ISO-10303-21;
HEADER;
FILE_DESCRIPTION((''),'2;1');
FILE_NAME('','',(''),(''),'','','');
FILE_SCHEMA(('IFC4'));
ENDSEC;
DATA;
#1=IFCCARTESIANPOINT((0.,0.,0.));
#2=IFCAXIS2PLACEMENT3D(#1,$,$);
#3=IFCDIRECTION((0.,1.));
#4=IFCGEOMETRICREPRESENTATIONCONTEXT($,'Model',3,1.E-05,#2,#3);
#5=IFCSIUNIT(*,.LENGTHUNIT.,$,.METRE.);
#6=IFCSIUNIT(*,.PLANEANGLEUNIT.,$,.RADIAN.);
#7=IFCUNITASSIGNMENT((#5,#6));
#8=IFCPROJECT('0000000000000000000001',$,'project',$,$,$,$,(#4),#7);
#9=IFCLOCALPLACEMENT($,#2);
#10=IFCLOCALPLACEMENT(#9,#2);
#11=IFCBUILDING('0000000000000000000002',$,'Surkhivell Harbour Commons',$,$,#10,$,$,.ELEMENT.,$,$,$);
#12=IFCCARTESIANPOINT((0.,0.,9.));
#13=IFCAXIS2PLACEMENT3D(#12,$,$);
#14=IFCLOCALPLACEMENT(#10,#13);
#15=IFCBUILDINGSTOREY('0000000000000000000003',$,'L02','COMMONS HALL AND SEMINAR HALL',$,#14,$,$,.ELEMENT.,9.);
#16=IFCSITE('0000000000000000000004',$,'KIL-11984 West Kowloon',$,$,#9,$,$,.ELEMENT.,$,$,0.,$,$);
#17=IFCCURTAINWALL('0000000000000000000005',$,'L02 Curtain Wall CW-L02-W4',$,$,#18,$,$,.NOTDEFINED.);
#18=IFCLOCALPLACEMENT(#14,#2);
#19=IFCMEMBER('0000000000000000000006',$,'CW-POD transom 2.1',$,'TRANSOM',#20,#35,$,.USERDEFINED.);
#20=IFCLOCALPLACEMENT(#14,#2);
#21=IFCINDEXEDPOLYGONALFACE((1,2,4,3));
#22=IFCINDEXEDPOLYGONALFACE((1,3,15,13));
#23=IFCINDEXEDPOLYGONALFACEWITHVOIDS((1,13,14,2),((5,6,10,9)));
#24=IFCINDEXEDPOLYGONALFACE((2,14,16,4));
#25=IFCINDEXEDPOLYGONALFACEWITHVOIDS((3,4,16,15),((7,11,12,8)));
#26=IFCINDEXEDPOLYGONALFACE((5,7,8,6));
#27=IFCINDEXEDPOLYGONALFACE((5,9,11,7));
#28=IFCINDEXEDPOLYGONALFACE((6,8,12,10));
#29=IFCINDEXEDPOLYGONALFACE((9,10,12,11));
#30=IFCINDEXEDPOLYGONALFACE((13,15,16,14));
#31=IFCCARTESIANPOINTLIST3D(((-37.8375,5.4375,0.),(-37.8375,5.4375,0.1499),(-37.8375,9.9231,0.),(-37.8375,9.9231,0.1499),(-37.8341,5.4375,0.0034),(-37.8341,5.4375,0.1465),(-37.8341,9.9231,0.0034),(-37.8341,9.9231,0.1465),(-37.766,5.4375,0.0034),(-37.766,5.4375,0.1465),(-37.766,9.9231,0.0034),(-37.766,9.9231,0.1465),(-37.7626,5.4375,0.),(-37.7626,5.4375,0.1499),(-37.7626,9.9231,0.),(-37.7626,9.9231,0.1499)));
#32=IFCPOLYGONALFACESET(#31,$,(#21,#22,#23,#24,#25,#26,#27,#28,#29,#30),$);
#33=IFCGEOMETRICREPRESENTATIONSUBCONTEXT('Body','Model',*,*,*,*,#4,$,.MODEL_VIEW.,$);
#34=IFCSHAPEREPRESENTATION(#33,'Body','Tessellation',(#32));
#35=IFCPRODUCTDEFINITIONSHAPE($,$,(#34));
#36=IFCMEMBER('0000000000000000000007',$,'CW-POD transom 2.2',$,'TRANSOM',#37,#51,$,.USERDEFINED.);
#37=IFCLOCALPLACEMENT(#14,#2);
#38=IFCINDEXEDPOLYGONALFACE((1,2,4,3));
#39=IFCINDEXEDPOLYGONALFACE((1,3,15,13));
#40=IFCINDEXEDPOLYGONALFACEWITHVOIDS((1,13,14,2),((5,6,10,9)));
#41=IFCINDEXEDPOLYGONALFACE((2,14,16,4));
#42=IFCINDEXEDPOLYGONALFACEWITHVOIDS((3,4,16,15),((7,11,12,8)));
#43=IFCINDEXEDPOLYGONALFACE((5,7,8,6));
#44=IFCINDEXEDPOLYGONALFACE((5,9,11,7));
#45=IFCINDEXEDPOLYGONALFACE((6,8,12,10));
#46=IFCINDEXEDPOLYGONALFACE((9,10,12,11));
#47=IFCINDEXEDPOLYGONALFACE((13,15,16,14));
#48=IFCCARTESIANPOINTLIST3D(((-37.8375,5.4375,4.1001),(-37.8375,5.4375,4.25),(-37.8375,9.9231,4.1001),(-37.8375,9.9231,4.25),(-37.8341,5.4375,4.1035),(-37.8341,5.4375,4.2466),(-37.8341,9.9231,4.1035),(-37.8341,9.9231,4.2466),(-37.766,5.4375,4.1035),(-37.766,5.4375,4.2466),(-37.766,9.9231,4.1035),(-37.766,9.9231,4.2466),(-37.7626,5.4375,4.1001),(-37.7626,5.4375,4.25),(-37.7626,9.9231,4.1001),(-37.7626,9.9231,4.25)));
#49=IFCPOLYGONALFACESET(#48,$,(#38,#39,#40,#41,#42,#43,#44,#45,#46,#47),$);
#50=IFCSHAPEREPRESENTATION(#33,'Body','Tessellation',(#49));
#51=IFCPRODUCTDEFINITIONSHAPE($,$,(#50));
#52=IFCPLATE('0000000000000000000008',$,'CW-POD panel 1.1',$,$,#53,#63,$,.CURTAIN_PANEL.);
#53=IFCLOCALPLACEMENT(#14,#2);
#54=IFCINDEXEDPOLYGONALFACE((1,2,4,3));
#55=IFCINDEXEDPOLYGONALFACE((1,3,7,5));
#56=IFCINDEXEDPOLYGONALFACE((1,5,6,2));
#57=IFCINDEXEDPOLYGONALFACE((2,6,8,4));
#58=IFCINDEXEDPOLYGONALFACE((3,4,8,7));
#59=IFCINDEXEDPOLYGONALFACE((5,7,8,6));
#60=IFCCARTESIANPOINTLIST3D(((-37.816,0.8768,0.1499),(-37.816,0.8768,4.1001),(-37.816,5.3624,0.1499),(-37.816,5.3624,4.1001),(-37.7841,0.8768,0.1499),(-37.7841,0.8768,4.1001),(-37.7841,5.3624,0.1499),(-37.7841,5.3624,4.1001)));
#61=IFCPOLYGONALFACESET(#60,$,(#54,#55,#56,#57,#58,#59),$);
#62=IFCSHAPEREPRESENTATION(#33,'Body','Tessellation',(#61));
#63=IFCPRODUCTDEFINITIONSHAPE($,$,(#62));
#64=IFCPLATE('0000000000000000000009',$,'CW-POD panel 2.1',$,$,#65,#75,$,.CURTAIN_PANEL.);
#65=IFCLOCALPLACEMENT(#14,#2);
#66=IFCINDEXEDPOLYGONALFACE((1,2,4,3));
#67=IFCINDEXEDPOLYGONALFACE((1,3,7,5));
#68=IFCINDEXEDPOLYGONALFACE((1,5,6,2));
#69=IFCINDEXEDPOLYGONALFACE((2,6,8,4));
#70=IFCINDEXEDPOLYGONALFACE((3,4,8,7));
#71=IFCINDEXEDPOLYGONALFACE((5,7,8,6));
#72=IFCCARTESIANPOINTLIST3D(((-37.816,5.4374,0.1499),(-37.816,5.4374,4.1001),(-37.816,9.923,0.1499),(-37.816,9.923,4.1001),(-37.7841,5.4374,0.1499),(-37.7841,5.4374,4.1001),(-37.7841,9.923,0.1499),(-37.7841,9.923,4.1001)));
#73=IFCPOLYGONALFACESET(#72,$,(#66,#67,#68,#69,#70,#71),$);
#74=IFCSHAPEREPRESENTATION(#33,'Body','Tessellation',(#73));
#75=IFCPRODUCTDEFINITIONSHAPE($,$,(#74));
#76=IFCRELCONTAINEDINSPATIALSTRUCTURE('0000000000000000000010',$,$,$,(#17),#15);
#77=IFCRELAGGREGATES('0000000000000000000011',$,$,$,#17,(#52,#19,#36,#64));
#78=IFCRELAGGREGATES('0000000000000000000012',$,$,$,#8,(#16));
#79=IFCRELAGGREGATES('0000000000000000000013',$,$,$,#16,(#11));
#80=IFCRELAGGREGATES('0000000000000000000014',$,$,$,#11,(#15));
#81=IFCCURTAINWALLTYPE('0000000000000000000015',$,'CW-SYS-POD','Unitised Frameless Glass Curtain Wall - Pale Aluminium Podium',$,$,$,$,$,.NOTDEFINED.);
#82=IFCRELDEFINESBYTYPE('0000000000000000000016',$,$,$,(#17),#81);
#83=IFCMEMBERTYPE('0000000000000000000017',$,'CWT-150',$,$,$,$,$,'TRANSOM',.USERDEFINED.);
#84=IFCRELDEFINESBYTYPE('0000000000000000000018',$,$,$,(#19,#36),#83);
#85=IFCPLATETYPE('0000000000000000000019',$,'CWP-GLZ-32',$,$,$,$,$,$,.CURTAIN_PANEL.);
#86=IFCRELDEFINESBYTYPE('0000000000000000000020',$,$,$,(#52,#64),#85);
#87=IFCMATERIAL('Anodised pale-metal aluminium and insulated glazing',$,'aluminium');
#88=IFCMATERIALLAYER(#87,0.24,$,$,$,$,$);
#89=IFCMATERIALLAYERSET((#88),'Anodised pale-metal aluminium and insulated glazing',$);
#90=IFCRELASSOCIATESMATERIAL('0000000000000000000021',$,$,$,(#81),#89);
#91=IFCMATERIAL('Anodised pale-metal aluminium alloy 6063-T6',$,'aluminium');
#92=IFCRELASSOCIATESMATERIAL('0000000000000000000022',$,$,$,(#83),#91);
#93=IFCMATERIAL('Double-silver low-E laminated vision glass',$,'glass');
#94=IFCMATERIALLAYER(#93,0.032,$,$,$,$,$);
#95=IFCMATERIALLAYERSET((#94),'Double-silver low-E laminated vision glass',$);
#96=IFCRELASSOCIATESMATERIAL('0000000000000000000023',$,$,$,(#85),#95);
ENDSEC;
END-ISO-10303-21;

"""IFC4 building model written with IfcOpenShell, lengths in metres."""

from ifc_helpers import new_model, si_unit, direction, frame, frame_2d, origin, origin_2d, place, context, subcontext, project, spatial, rectangle, hollow_rectangle, extrude, material, layer, layer_set, material_profile, profile_set, type_object, element, aggregate, save


model = new_model("IFC4")

# Units and contexts
model_context = context("Model", 3, precision=1e-05, world=origin(), true_north=direction((0.0, 1.0)))
body_context = subcontext(model_context, "Body", "Model", "MODEL_VIEW")
ifc_project = project(units=[si_unit("LENGTHUNIT", "METRE"), si_unit("PLANEANGLEUNIT", "RADIAN")], contexts=[model_context])

# Site, building, storey
site_placement = place(None, origin())
site = spatial("IfcSite", under=ifc_project, at=site_placement, Name="KIL-11984 West Kowloon", CompositionType="ELEMENT", RefElevation=0.0)
building_placement = place(site_placement, origin())
building = spatial("IfcBuilding", under=site, at=building_placement, Name="Surkhivell Harbour Commons", CompositionType="ELEMENT")
storey_placement = place(building_placement, frame((0.0, 0.0, 9.0)))
storey = spatial("IfcBuildingStorey", under=building, at=storey_placement, Name="L02", Description="COMMONS HALL AND SEMINAR HALL", CompositionType="ELEMENT", Elevation=9.0)

# Shared definitions
ifc_material_1 = material(Name="Anodised pale-metal aluminium and insulated glazing", Category="aluminium")
ifc_layer_1 = layer(ifc_material_1, 0.24)
ifc_layer_set_1 = layer_set([ifc_layer_1], Name="Anodised pale-metal aluminium and insulated glazing")
curtain_wall_type = type_object("IfcCurtainWallType", Name="CW-SYS-POD", Description="Unitised Frameless Glass Curtain Wall - Pale Aluminium Podium", PredefinedType="NOTDEFINED", material=ifc_layer_set_1)
ifc_material_2 = material(Name="Anodised pale-metal aluminium alloy 6063-T6", Category="aluminium")

# Curtain wall, members, plates
curtain_wall_1_placement = place(storey_placement, origin())
curtain_wall_1 = element("IfcCurtainWall", 1, at=curtain_wall_1_placement, inside=storey, type_object=curtain_wall_type, Name="L02 Curtain Wall CW-L02-W4", PredefinedType="NOTDEFINED")
ifc_material_profile_1 = material_profile(ifc_material_2, hollow_rectangle(XDim=0.075, YDim=0.1499, WallThickness=0.0034, at=origin_2d()), Name="ALU-TRAN-75x150")
ifc_profile_set_1 = profile_set([ifc_material_profile_1], Name="Anodised pale-metal aluminium alloy 6063-T6")
member_type_1 = type_object("IfcMemberType", Name="CWT-150", ElementType="TRANSOM", PredefinedType="USERDEFINED", material=ifc_profile_set_1)
member_1_placement = place(storey_placement, frame((-37.8, 5.4375, 0.075), z_axis=(0.0, 1.0, 0.0), x_axis=(-1.0, 0.0, 0.0)))
member_1 = element("IfcMember", 2, at=member_1_placement, type_object=member_type_1, Name="CW-POD transom 2.1", ObjectType="TRANSOM", PredefinedType="USERDEFINED", context=body_context, shape_type="SweptSolid", body=[
    extrude(hollow_rectangle(XDim=0.075, YDim=0.1499, WallThickness=0.0034, at=origin_2d()), origin(), (0.0, 0.0, 1.0), 4.4856),
])
member_2_placement = place(storey_placement, frame((-37.8, 5.4375, 4.175), z_axis=(0.0, 1.0, 0.0), x_axis=(-1.0, 0.0, 0.0)))
member_2 = element("IfcMember", 3, at=member_2_placement, type_object=member_type_1, Name="CW-POD transom 2.2", ObjectType="TRANSOM", PredefinedType="USERDEFINED", context=body_context, shape_type="SweptSolid", body=[
    extrude(hollow_rectangle(XDim=0.075, YDim=0.1499, WallThickness=0.0034, at=origin_2d()), origin(), (0.0, 0.0, 1.0), 4.4856),
])
ifc_material_3 = material(Name="Double-silver low-E laminated vision glass", Category="glass")
ifc_layer_2 = layer(ifc_material_3, 0.032)
ifc_layer_set_2 = layer_set([ifc_layer_2], Name="Double-silver low-E laminated vision glass")
plate_type = type_object("IfcPlateType", Name="CWP-GLZ-32", PredefinedType="CURTAIN_PANEL", material=ifc_layer_set_2)
plate_1_placement = place(storey_placement, frame((-37.8, 0.877, 0.1499), z_axis=(0.0, 0.0, 1.0), x_axis=(0.0, 1.0, 0.0)))
plate_1 = element("IfcPlate", 4, at=plate_1_placement, type_object=plate_type, Name="CW-POD panel 1.1", PredefinedType="CURTAIN_PANEL", context=body_context, shape_type="SweptSolid", body=[
    extrude(rectangle(XDim=4.4856, YDim=0.032, at=frame_2d((2.2427, 0.0))), origin(), (0.0, 0.0, 1.0), 3.9502),
])
plate_2_placement = place(storey_placement, frame((-37.8, 5.4375, 0.1499), z_axis=(0.0, 0.0, 1.0), x_axis=(0.0, 1.0, 0.0)))
plate_2 = element("IfcPlate", 5, at=plate_2_placement, type_object=plate_type, Name="CW-POD panel 2.1", PredefinedType="CURTAIN_PANEL", context=body_context, shape_type="SweptSolid", body=[
    extrude(rectangle(XDim=4.4856, YDim=0.032, at=frame_2d((2.2427, 0.0))), origin(), (0.0, 0.0, 1.0), 3.9502),
])
aggregate(curtain_wall_1, [plate_1, member_1, member_2, plate_2])

save(model, "model.ifc")
